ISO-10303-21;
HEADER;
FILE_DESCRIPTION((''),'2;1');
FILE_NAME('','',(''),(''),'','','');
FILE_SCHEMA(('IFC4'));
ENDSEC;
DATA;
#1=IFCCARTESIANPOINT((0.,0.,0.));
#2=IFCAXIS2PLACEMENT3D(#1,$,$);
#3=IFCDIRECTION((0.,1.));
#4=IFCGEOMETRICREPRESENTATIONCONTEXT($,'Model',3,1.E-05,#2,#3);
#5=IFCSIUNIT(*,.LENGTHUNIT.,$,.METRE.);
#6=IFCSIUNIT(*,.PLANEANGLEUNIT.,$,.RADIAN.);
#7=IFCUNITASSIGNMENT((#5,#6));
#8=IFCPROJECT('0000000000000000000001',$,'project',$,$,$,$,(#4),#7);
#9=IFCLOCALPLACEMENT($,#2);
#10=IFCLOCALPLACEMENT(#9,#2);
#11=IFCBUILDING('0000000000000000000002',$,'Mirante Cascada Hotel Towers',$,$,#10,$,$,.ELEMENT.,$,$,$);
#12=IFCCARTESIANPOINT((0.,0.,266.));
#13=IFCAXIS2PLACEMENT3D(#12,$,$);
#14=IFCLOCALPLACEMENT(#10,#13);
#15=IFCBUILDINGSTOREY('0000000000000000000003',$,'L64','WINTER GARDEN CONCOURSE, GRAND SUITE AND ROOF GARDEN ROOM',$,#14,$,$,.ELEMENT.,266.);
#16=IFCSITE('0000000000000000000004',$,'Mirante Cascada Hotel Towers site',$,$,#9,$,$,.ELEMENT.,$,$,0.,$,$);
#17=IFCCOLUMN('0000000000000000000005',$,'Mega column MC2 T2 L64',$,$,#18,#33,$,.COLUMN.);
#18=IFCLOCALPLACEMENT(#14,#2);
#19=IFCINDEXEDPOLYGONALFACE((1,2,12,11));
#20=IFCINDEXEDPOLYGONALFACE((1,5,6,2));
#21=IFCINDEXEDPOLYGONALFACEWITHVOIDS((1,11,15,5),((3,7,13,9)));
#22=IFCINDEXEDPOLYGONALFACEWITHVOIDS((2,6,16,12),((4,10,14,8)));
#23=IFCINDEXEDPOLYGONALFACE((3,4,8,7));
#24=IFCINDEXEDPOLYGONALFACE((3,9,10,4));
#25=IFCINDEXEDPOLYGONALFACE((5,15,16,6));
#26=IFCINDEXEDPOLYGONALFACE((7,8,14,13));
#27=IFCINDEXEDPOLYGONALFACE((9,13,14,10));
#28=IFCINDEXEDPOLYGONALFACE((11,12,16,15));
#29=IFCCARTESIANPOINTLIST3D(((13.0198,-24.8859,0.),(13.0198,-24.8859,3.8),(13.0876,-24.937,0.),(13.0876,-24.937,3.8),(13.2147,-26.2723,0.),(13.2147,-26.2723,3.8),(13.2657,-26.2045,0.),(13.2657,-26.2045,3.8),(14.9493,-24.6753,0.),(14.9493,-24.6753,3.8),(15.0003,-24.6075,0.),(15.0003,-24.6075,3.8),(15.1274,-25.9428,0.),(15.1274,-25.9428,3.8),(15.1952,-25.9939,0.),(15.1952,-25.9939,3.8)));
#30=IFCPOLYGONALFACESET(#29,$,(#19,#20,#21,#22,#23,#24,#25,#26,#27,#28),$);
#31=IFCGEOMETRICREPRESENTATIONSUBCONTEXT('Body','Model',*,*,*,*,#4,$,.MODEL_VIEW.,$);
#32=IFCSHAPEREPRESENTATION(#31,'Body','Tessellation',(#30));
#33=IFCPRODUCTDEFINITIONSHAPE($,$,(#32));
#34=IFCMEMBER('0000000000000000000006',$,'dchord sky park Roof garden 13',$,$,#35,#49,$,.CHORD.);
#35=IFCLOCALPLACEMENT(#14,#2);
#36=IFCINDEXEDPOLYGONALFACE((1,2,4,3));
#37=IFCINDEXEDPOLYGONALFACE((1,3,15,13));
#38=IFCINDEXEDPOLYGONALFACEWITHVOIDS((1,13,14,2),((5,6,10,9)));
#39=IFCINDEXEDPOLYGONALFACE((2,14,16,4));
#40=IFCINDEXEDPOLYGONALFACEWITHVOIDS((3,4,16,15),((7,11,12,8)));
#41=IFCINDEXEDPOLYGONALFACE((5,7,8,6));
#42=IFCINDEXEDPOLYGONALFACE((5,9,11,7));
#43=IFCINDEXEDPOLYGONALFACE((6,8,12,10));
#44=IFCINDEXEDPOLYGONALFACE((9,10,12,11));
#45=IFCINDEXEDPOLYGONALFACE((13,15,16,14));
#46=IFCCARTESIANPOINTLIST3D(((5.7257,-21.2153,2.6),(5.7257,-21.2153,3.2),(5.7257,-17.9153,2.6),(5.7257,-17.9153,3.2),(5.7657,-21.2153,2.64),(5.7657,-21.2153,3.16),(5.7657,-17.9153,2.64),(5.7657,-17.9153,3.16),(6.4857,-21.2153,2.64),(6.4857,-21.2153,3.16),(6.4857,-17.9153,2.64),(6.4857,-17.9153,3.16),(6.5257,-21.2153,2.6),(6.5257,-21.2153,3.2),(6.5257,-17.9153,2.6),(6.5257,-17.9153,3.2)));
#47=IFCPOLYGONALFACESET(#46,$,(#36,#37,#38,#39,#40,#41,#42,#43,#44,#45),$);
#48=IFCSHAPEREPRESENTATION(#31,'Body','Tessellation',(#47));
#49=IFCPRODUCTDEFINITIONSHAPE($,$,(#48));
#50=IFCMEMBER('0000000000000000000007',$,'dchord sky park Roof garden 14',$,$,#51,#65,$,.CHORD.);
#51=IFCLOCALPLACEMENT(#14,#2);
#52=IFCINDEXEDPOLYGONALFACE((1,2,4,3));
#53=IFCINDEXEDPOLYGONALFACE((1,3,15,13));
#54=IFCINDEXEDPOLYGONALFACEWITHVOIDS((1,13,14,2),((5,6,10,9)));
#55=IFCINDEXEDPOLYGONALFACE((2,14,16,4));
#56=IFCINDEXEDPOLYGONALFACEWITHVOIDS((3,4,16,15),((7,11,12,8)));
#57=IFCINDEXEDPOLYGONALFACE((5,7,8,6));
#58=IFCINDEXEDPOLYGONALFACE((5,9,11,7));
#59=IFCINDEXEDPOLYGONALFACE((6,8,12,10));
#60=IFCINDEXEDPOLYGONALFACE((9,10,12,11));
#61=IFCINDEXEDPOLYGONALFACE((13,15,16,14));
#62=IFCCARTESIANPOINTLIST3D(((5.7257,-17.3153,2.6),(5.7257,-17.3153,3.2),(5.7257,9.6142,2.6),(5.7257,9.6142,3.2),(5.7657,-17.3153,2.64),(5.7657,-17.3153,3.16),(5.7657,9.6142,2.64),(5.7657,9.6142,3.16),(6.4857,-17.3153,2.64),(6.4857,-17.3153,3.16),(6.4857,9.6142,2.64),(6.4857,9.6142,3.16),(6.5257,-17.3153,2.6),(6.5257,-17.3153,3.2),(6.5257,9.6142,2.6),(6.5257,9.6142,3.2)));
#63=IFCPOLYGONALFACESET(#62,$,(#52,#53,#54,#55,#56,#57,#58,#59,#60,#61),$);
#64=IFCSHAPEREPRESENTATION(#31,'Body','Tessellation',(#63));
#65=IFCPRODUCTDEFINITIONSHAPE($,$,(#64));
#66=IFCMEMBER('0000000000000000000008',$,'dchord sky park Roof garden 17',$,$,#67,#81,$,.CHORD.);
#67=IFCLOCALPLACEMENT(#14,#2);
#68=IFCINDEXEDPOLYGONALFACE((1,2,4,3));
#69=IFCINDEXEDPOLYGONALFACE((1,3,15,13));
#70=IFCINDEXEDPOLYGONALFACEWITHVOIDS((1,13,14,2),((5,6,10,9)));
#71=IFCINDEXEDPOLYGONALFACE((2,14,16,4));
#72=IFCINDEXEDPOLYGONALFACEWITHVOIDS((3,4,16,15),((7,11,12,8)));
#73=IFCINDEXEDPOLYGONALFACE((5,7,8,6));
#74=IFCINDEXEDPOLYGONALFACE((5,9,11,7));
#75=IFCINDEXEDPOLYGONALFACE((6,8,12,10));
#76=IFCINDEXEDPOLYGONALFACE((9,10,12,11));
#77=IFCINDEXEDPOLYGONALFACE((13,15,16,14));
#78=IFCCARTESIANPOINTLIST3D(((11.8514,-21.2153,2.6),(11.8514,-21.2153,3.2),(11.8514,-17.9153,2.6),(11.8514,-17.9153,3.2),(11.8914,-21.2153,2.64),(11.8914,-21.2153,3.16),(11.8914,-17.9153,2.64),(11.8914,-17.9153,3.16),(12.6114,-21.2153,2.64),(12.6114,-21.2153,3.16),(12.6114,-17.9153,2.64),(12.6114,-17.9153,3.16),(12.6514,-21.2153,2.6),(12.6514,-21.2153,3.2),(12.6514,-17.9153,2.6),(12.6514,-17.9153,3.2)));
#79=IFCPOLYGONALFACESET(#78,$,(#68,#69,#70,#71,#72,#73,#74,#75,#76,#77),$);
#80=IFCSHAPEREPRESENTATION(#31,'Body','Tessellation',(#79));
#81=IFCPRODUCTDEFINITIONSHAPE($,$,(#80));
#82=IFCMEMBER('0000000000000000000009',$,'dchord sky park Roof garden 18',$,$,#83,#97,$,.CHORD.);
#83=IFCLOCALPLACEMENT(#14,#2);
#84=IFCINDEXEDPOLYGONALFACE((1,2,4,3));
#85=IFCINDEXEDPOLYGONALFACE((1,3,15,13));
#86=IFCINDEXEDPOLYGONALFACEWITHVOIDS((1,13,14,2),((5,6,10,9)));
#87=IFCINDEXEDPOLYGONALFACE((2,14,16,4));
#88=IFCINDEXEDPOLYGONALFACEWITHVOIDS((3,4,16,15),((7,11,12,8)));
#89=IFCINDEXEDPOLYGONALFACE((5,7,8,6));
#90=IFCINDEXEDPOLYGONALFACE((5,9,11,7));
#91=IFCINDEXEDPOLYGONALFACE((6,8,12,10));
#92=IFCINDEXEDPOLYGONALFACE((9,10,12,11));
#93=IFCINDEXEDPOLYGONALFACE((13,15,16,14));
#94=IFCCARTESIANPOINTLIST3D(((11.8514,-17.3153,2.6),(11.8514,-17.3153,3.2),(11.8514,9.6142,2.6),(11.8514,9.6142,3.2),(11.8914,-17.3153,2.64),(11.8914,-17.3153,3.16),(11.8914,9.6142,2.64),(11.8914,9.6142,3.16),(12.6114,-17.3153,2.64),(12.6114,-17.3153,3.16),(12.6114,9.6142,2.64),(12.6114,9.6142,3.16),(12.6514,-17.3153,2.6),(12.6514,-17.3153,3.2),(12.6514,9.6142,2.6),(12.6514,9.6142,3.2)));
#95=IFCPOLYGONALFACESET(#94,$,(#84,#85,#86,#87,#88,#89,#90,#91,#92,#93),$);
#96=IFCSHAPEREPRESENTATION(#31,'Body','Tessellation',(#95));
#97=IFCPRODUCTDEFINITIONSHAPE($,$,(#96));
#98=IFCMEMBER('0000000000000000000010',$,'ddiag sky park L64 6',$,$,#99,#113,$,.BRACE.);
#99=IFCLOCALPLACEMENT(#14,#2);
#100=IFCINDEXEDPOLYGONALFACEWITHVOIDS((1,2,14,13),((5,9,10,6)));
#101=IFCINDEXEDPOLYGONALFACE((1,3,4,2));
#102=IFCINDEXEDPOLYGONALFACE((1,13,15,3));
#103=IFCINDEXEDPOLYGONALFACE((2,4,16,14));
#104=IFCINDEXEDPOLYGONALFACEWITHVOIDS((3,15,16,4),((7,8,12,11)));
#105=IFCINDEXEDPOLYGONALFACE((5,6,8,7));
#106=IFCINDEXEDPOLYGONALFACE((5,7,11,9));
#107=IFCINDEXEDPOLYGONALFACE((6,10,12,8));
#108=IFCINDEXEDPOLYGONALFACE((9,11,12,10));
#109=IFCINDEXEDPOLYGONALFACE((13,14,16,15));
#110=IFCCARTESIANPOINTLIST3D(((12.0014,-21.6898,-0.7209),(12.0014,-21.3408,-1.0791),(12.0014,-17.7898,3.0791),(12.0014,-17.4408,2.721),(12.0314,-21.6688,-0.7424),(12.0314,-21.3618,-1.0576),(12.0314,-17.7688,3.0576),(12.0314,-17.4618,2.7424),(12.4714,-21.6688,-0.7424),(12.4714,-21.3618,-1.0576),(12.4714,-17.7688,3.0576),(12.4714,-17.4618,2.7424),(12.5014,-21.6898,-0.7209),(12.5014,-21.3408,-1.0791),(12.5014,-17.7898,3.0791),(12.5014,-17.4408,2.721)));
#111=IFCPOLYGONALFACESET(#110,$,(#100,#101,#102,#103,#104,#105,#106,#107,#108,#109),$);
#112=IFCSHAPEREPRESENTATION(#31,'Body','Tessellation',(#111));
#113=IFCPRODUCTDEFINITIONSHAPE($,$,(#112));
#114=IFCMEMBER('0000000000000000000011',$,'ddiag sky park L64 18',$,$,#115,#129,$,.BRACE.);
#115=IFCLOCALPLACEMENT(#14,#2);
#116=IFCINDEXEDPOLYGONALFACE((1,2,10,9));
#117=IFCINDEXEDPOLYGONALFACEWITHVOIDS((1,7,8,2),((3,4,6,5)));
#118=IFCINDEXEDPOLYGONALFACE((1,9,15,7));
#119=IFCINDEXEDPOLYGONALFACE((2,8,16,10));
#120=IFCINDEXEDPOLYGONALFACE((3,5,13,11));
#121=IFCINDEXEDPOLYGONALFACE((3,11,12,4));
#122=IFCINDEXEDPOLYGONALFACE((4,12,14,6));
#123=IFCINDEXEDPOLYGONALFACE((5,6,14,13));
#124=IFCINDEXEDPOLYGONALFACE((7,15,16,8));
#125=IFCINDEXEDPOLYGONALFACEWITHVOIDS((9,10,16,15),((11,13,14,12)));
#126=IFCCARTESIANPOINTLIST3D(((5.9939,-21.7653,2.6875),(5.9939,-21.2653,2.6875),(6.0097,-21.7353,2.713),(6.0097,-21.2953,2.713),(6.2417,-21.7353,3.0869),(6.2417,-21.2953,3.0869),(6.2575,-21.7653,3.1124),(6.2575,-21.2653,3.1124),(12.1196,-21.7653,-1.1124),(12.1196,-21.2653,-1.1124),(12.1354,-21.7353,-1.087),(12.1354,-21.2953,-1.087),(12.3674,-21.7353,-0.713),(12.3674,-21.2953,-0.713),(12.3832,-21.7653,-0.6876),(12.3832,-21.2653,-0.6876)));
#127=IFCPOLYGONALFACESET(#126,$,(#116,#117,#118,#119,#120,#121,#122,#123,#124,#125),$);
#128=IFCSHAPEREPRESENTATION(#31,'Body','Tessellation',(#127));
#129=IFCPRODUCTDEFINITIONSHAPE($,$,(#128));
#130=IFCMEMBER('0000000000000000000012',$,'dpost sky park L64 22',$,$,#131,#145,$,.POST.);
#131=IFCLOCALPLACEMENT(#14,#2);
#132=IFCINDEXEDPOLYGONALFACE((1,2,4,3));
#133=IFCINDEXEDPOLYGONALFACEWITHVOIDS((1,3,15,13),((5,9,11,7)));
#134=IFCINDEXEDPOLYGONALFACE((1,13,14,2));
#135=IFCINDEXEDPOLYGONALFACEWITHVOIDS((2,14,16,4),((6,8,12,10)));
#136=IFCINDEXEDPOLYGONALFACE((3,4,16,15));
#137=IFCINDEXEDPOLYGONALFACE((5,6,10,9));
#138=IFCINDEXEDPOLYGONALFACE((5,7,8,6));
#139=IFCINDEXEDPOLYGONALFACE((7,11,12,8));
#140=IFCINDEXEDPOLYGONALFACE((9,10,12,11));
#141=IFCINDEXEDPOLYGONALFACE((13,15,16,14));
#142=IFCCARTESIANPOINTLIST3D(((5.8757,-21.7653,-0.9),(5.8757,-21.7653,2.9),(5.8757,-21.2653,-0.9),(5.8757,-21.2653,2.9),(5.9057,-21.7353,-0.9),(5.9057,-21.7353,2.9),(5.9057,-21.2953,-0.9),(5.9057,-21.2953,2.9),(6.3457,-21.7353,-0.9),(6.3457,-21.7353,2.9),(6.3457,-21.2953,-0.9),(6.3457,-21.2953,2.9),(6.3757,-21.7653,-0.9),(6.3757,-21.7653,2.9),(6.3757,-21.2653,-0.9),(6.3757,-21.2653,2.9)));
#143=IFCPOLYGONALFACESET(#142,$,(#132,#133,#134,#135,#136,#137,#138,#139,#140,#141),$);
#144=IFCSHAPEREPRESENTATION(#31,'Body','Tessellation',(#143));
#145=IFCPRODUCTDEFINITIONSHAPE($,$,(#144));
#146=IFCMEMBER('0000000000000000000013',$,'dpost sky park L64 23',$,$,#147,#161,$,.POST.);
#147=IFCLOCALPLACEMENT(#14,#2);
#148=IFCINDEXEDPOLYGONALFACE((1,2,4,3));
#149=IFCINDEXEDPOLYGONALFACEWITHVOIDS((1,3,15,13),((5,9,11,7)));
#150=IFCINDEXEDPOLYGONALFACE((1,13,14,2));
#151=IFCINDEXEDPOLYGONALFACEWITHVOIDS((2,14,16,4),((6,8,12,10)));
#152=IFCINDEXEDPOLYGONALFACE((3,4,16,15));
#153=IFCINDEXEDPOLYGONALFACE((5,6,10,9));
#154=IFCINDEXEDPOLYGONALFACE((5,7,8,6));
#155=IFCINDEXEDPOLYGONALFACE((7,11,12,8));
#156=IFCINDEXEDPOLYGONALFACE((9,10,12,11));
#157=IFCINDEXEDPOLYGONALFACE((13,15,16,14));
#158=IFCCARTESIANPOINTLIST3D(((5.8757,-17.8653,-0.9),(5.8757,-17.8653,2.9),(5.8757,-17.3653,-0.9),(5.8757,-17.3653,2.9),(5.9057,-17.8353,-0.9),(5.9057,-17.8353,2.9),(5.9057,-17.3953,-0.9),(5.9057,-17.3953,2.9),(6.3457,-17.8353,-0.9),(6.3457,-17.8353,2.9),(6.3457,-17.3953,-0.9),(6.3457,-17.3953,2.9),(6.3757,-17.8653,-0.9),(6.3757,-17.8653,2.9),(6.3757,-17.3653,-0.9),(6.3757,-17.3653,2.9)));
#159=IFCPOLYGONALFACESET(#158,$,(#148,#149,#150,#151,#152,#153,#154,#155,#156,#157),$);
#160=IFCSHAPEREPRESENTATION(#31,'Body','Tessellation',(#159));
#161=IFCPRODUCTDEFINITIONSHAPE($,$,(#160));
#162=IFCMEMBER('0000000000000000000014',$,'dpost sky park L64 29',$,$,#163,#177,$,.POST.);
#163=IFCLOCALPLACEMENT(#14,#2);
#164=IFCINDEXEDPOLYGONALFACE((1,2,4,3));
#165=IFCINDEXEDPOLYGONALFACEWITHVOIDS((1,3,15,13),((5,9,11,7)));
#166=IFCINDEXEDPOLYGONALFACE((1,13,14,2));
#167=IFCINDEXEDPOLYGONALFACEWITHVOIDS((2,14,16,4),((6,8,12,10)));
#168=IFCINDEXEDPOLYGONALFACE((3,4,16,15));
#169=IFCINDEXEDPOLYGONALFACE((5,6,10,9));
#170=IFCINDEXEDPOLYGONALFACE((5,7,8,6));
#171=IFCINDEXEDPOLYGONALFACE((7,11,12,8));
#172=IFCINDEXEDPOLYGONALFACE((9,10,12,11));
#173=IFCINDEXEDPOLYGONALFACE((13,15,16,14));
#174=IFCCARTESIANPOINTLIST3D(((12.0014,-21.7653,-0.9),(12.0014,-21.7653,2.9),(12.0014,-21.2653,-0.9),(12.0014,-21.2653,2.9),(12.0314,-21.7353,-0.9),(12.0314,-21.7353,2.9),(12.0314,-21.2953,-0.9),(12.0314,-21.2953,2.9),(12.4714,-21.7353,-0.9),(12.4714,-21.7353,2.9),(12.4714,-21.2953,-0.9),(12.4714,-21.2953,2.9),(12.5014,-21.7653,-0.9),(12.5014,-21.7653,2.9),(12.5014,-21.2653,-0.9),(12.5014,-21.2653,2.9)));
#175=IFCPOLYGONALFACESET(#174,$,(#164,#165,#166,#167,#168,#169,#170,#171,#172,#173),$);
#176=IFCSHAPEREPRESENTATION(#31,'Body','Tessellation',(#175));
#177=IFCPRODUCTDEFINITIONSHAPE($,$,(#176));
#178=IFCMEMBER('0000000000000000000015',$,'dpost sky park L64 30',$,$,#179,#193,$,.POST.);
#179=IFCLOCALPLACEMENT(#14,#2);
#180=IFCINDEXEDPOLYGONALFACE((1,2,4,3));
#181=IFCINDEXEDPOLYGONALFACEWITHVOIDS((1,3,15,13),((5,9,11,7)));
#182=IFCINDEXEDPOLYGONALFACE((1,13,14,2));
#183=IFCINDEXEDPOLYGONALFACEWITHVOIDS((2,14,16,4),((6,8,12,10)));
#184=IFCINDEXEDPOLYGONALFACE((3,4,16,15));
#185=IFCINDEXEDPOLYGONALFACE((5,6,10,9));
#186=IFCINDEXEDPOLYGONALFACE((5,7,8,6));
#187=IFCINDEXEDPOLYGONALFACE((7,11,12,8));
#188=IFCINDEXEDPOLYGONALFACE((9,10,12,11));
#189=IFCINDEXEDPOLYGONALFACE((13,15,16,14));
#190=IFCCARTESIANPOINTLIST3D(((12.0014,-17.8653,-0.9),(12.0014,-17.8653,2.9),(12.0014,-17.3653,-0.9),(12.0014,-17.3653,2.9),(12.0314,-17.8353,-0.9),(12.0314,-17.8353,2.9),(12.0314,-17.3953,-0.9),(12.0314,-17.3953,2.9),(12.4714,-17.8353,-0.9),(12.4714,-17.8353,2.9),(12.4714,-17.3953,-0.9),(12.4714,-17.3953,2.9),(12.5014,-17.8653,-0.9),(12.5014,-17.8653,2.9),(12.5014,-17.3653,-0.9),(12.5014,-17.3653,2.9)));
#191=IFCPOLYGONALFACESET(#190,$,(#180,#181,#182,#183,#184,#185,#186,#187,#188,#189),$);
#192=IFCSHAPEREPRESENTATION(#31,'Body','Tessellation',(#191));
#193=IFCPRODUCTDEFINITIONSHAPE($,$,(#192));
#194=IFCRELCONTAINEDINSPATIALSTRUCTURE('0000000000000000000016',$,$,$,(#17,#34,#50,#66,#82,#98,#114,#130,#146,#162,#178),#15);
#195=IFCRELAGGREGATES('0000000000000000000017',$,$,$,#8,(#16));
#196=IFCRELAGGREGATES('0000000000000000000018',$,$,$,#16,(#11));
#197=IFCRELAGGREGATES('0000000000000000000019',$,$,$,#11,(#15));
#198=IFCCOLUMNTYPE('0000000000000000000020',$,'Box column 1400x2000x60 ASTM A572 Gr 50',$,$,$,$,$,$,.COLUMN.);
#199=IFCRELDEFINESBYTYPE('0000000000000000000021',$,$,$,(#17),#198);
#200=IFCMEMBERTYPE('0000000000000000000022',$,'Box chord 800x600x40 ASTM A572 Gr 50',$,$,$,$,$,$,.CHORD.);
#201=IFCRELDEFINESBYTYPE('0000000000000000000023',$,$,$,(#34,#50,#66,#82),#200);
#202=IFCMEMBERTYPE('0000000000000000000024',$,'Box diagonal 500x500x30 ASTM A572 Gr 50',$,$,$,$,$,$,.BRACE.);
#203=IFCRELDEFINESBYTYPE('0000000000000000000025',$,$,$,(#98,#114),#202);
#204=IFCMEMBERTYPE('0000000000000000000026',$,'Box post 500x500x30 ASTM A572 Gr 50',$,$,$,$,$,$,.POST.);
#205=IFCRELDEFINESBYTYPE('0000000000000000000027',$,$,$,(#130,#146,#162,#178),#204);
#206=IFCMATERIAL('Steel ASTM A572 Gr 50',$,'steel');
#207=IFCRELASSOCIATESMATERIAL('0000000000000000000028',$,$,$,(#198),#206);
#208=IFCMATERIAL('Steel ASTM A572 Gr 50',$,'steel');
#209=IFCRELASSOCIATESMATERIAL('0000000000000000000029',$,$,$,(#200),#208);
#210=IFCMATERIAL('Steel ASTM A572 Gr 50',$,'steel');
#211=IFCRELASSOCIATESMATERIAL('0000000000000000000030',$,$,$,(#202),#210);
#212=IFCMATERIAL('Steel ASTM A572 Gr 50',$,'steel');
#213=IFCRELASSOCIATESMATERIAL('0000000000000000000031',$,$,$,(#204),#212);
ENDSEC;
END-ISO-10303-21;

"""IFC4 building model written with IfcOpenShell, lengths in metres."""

from ifc_helpers import new_model, si_unit, direction, frame, origin, origin_2d, place, context, subcontext, project, spatial, hollow_rectangle, extrude, material, material_profile, profile_set, type_object, element, save


model = new_model("IFC4")

# Units and contexts
model_context = context("Model", 3, precision=1e-05, world=origin(), true_north=direction((0.0, 1.0)))
body_context = subcontext(model_context, "Body", "Model", "MODEL_VIEW")
ifc_project = project(units=[si_unit("LENGTHUNIT", "METRE"), si_unit("PLANEANGLEUNIT", "RADIAN")], contexts=[model_context])

# Site, building, storey
site_placement = place(None, origin())
site = spatial("IfcSite", under=ifc_project, at=site_placement, Name="Mirante Cascada Hotel Towers site", CompositionType="ELEMENT", RefElevation=0.0)
building_placement = place(site_placement, origin())
building = spatial("IfcBuilding", under=site, at=building_placement, Name="Mirante Cascada Hotel Towers", CompositionType="ELEMENT")
storey_placement = place(building_placement, frame((0.0, 0.0, 266.0)))
storey = spatial("IfcBuildingStorey", under=building, at=storey_placement, Name="L64", Description="WINTER GARDEN CONCOURSE, GRAND SUITE AND ROOF GARDEN ROOM", CompositionType="ELEMENT", Elevation=266.0)

# Column
ifc_material_1 = material(Name="Steel ASTM A572 Gr 50", Category="steel")
ifc_material_profile_1 = material_profile(ifc_material_1, hollow_rectangle(XDim=2.0, YDim=1.4, WallThickness=0.06, at=origin_2d()), Name="Box column 1400x2000x60 ASTM A572 Gr 50")
ifc_profile_set_1 = profile_set([ifc_material_profile_1], Name="Steel ASTM A572 Gr 50")
column_type = type_object("IfcColumnType", Name="Box column 1400x2000x60 ASTM A572 Gr 50", PredefinedType="COLUMN", material=ifc_profile_set_1)
column_placement = place(storey_placement, frame((14.1075, -25.4399, 0.0), z_axis=(0.0, 0.0, 1.0), x_axis=(0.990268, 0.139173, 0.0)))
element("IfcColumn", 1, at=column_placement, inside=storey, type_object=column_type, Name="Mega column MC2 T2 L64", PredefinedType="COLUMN", context=body_context, shape_type="SweptSolid", body=[
    extrude(hollow_rectangle(XDim=2.0, YDim=1.4, WallThickness=0.06, at=origin_2d()), origin(), (0.0, 0.0, 1.0), 3.8),
])

# Members
ifc_material_2 = material(Name="Steel ASTM A572 Gr 50", Category="steel")
ifc_material_profile_2 = material_profile(ifc_material_2, hollow_rectangle(XDim=0.6, YDim=0.8, WallThickness=0.04, at=origin_2d()), Name="Box chord 800x600x40 ASTM A572 Gr 50")
ifc_profile_set_2 = profile_set([ifc_material_profile_2], Name="Steel ASTM A572 Gr 50")
member_type_1 = type_object("IfcMemberType", Name="Box chord 800x600x40 ASTM A572 Gr 50", PredefinedType="CHORD", material=ifc_profile_set_2)
member_1_placement = place(storey_placement, frame((6.1257, -21.2153, 2.9), z_axis=(0.0, 1.0, 0.0), x_axis=(0.0, 0.0, 1.0)))
element("IfcMember", 2, at=member_1_placement, inside=storey, type_object=member_type_1, Name="dchord sky park Roof garden 13", PredefinedType="CHORD", context=body_context, shape_type="SweptSolid", body=[
    extrude(hollow_rectangle(XDim=0.6, YDim=0.8, WallThickness=0.04, at=origin_2d()), origin(), (0.0, 0.0, 1.0), 3.3),
])
member_2_placement = place(storey_placement, frame((6.1257, -17.3153, 2.9), z_axis=(0.0, 1.0, 0.0), x_axis=(0.0, 0.0, 1.0)))
element("IfcMember", 3, at=member_2_placement, inside=storey, type_object=member_type_1, Name="dchord sky park Roof garden 14", PredefinedType="CHORD", context=body_context, shape_type="SweptSolid", body=[
    extrude(hollow_rectangle(XDim=0.6, YDim=0.8, WallThickness=0.04, at=origin_2d()), origin(), (0.0, 0.0, 1.0), 26.9295),
])
member_3_placement = place(storey_placement, frame((12.2514, -21.2153, 2.9), z_axis=(0.0, 1.0, 0.0), x_axis=(0.0, 0.0, 1.0)))
element("IfcMember", 4, at=member_3_placement, inside=storey, type_object=member_type_1, Name="dchord sky park Roof garden 17", PredefinedType="CHORD", context=body_context, shape_type="SweptSolid", body=[
    extrude(hollow_rectangle(XDim=0.6, YDim=0.8, WallThickness=0.04, at=origin_2d()), origin(), (0.0, 0.0, 1.0), 3.3),
])
member_4_placement = place(storey_placement, frame((12.2514, -17.3153, 2.9), z_axis=(0.0, 1.0, 0.0), x_axis=(0.0, 0.0, 1.0)))
element("IfcMember", 5, at=member_4_placement, inside=storey, type_object=member_type_1, Name="dchord sky park Roof garden 18", PredefinedType="CHORD", context=body_context, shape_type="SweptSolid", body=[
    extrude(hollow_rectangle(XDim=0.6, YDim=0.8, WallThickness=0.04, at=origin_2d()), origin(), (0.0, 0.0, 1.0), 26.9295),
])
ifc_material_3 = material(Name="Steel ASTM A572 Gr 50", Category="steel")
ifc_material_profile_3 = material_profile(ifc_material_3, hollow_rectangle(XDim=0.5, YDim=0.5, WallThickness=0.03, at=origin_2d()), Name="Box diagonal 500x500x30 ASTM A572 Gr 50")
ifc_profile_set_3 = profile_set([ifc_material_profile_3], Name="Steel ASTM A572 Gr 50")
member_type_2 = type_object("IfcMemberType", Name="Box diagonal 500x500x30 ASTM A572 Gr 50", PredefinedType="BRACE", material=ifc_profile_set_3)
member_5_placement = place(storey_placement, frame((12.2514, -21.5153, -0.9), z_axis=(0.0, 0.71623, 0.697865), x_axis=(-1.0, 0.0, 0.0)))
element("IfcMember", 6, at=member_5_placement, inside=storey, type_object=member_type_2, Name="ddiag sky park L64 6", PredefinedType="BRACE", context=body_context, shape_type="SweptSolid", body=[
    extrude(hollow_rectangle(XDim=0.5, YDim=0.5, WallThickness=0.03, at=origin_2d()), origin(), (0.0, 0.0, 1.0), 5.4452),
])
member_6_placement = place(storey_placement, frame((12.2514, -21.5153, -0.9), z_axis=(-0.849774, 0.0, 0.527147), x_axis=(0.0, -1.0, 0.0)))
element("IfcMember", 7, at=member_6_placement, inside=storey, type_object=member_type_2, Name="ddiag sky park L64 18", PredefinedType="BRACE", context=body_context, shape_type="SweptSolid", body=[
    extrude(hollow_rectangle(XDim=0.5, YDim=0.5, WallThickness=0.03, at=origin_2d()), origin(), (0.0, 0.0, 1.0), 7.2086),
])
ifc_material_4 = material(Name="Steel ASTM A572 Gr 50", Category="steel")
ifc_material_profile_4 = material_profile(ifc_material_4, hollow_rectangle(XDim=0.5, YDim=0.5, WallThickness=0.03, at=origin_2d()), Name="Box post 500x500x30 ASTM A572 Gr 50")
ifc_profile_set_4 = profile_set([ifc_material_profile_4], Name="Steel ASTM A572 Gr 50")
member_type_3 = type_object("IfcMemberType", Name="Box post 500x500x30 ASTM A572 Gr 50", PredefinedType="POST", material=ifc_profile_set_4)
for number, where, z_axis, x_axis, name in (
    (8, (6.1257, -21.5153, -0.9), (0.0, 0.0, 1.0), (1.0, 0.0, 0.0), "dpost sky park L64 22"),
    (9, (6.1257, -17.6153, -0.9), (0.0, 0.0, 1.0), (1.0, 0.0, 0.0), "dpost sky park L64 23"),
    (10, (12.2514, -21.5153, -0.9), (0.0, 0.0, 1.0), (1.0, 0.0, 0.0), "dpost sky park L64 29"),
    (11, (12.2514, -17.6153, -0.9), (0.0, 0.0, 1.0), (1.0, 0.0, 0.0), "dpost sky park L64 30"),
):
    element("IfcMember", number, at=place(storey_placement, frame(where, z_axis=z_axis, x_axis=x_axis)), inside=storey, type_object=member_type_3, Name=name, PredefinedType="POST", context=body_context, shape_type="SweptSolid", body=[
        extrude(hollow_rectangle(XDim=0.5, YDim=0.5, WallThickness=0.03, at=origin_2d()), origin(), (0.0, 0.0, 1.0), 3.8),
    ])

save(model, "model.ifc")
